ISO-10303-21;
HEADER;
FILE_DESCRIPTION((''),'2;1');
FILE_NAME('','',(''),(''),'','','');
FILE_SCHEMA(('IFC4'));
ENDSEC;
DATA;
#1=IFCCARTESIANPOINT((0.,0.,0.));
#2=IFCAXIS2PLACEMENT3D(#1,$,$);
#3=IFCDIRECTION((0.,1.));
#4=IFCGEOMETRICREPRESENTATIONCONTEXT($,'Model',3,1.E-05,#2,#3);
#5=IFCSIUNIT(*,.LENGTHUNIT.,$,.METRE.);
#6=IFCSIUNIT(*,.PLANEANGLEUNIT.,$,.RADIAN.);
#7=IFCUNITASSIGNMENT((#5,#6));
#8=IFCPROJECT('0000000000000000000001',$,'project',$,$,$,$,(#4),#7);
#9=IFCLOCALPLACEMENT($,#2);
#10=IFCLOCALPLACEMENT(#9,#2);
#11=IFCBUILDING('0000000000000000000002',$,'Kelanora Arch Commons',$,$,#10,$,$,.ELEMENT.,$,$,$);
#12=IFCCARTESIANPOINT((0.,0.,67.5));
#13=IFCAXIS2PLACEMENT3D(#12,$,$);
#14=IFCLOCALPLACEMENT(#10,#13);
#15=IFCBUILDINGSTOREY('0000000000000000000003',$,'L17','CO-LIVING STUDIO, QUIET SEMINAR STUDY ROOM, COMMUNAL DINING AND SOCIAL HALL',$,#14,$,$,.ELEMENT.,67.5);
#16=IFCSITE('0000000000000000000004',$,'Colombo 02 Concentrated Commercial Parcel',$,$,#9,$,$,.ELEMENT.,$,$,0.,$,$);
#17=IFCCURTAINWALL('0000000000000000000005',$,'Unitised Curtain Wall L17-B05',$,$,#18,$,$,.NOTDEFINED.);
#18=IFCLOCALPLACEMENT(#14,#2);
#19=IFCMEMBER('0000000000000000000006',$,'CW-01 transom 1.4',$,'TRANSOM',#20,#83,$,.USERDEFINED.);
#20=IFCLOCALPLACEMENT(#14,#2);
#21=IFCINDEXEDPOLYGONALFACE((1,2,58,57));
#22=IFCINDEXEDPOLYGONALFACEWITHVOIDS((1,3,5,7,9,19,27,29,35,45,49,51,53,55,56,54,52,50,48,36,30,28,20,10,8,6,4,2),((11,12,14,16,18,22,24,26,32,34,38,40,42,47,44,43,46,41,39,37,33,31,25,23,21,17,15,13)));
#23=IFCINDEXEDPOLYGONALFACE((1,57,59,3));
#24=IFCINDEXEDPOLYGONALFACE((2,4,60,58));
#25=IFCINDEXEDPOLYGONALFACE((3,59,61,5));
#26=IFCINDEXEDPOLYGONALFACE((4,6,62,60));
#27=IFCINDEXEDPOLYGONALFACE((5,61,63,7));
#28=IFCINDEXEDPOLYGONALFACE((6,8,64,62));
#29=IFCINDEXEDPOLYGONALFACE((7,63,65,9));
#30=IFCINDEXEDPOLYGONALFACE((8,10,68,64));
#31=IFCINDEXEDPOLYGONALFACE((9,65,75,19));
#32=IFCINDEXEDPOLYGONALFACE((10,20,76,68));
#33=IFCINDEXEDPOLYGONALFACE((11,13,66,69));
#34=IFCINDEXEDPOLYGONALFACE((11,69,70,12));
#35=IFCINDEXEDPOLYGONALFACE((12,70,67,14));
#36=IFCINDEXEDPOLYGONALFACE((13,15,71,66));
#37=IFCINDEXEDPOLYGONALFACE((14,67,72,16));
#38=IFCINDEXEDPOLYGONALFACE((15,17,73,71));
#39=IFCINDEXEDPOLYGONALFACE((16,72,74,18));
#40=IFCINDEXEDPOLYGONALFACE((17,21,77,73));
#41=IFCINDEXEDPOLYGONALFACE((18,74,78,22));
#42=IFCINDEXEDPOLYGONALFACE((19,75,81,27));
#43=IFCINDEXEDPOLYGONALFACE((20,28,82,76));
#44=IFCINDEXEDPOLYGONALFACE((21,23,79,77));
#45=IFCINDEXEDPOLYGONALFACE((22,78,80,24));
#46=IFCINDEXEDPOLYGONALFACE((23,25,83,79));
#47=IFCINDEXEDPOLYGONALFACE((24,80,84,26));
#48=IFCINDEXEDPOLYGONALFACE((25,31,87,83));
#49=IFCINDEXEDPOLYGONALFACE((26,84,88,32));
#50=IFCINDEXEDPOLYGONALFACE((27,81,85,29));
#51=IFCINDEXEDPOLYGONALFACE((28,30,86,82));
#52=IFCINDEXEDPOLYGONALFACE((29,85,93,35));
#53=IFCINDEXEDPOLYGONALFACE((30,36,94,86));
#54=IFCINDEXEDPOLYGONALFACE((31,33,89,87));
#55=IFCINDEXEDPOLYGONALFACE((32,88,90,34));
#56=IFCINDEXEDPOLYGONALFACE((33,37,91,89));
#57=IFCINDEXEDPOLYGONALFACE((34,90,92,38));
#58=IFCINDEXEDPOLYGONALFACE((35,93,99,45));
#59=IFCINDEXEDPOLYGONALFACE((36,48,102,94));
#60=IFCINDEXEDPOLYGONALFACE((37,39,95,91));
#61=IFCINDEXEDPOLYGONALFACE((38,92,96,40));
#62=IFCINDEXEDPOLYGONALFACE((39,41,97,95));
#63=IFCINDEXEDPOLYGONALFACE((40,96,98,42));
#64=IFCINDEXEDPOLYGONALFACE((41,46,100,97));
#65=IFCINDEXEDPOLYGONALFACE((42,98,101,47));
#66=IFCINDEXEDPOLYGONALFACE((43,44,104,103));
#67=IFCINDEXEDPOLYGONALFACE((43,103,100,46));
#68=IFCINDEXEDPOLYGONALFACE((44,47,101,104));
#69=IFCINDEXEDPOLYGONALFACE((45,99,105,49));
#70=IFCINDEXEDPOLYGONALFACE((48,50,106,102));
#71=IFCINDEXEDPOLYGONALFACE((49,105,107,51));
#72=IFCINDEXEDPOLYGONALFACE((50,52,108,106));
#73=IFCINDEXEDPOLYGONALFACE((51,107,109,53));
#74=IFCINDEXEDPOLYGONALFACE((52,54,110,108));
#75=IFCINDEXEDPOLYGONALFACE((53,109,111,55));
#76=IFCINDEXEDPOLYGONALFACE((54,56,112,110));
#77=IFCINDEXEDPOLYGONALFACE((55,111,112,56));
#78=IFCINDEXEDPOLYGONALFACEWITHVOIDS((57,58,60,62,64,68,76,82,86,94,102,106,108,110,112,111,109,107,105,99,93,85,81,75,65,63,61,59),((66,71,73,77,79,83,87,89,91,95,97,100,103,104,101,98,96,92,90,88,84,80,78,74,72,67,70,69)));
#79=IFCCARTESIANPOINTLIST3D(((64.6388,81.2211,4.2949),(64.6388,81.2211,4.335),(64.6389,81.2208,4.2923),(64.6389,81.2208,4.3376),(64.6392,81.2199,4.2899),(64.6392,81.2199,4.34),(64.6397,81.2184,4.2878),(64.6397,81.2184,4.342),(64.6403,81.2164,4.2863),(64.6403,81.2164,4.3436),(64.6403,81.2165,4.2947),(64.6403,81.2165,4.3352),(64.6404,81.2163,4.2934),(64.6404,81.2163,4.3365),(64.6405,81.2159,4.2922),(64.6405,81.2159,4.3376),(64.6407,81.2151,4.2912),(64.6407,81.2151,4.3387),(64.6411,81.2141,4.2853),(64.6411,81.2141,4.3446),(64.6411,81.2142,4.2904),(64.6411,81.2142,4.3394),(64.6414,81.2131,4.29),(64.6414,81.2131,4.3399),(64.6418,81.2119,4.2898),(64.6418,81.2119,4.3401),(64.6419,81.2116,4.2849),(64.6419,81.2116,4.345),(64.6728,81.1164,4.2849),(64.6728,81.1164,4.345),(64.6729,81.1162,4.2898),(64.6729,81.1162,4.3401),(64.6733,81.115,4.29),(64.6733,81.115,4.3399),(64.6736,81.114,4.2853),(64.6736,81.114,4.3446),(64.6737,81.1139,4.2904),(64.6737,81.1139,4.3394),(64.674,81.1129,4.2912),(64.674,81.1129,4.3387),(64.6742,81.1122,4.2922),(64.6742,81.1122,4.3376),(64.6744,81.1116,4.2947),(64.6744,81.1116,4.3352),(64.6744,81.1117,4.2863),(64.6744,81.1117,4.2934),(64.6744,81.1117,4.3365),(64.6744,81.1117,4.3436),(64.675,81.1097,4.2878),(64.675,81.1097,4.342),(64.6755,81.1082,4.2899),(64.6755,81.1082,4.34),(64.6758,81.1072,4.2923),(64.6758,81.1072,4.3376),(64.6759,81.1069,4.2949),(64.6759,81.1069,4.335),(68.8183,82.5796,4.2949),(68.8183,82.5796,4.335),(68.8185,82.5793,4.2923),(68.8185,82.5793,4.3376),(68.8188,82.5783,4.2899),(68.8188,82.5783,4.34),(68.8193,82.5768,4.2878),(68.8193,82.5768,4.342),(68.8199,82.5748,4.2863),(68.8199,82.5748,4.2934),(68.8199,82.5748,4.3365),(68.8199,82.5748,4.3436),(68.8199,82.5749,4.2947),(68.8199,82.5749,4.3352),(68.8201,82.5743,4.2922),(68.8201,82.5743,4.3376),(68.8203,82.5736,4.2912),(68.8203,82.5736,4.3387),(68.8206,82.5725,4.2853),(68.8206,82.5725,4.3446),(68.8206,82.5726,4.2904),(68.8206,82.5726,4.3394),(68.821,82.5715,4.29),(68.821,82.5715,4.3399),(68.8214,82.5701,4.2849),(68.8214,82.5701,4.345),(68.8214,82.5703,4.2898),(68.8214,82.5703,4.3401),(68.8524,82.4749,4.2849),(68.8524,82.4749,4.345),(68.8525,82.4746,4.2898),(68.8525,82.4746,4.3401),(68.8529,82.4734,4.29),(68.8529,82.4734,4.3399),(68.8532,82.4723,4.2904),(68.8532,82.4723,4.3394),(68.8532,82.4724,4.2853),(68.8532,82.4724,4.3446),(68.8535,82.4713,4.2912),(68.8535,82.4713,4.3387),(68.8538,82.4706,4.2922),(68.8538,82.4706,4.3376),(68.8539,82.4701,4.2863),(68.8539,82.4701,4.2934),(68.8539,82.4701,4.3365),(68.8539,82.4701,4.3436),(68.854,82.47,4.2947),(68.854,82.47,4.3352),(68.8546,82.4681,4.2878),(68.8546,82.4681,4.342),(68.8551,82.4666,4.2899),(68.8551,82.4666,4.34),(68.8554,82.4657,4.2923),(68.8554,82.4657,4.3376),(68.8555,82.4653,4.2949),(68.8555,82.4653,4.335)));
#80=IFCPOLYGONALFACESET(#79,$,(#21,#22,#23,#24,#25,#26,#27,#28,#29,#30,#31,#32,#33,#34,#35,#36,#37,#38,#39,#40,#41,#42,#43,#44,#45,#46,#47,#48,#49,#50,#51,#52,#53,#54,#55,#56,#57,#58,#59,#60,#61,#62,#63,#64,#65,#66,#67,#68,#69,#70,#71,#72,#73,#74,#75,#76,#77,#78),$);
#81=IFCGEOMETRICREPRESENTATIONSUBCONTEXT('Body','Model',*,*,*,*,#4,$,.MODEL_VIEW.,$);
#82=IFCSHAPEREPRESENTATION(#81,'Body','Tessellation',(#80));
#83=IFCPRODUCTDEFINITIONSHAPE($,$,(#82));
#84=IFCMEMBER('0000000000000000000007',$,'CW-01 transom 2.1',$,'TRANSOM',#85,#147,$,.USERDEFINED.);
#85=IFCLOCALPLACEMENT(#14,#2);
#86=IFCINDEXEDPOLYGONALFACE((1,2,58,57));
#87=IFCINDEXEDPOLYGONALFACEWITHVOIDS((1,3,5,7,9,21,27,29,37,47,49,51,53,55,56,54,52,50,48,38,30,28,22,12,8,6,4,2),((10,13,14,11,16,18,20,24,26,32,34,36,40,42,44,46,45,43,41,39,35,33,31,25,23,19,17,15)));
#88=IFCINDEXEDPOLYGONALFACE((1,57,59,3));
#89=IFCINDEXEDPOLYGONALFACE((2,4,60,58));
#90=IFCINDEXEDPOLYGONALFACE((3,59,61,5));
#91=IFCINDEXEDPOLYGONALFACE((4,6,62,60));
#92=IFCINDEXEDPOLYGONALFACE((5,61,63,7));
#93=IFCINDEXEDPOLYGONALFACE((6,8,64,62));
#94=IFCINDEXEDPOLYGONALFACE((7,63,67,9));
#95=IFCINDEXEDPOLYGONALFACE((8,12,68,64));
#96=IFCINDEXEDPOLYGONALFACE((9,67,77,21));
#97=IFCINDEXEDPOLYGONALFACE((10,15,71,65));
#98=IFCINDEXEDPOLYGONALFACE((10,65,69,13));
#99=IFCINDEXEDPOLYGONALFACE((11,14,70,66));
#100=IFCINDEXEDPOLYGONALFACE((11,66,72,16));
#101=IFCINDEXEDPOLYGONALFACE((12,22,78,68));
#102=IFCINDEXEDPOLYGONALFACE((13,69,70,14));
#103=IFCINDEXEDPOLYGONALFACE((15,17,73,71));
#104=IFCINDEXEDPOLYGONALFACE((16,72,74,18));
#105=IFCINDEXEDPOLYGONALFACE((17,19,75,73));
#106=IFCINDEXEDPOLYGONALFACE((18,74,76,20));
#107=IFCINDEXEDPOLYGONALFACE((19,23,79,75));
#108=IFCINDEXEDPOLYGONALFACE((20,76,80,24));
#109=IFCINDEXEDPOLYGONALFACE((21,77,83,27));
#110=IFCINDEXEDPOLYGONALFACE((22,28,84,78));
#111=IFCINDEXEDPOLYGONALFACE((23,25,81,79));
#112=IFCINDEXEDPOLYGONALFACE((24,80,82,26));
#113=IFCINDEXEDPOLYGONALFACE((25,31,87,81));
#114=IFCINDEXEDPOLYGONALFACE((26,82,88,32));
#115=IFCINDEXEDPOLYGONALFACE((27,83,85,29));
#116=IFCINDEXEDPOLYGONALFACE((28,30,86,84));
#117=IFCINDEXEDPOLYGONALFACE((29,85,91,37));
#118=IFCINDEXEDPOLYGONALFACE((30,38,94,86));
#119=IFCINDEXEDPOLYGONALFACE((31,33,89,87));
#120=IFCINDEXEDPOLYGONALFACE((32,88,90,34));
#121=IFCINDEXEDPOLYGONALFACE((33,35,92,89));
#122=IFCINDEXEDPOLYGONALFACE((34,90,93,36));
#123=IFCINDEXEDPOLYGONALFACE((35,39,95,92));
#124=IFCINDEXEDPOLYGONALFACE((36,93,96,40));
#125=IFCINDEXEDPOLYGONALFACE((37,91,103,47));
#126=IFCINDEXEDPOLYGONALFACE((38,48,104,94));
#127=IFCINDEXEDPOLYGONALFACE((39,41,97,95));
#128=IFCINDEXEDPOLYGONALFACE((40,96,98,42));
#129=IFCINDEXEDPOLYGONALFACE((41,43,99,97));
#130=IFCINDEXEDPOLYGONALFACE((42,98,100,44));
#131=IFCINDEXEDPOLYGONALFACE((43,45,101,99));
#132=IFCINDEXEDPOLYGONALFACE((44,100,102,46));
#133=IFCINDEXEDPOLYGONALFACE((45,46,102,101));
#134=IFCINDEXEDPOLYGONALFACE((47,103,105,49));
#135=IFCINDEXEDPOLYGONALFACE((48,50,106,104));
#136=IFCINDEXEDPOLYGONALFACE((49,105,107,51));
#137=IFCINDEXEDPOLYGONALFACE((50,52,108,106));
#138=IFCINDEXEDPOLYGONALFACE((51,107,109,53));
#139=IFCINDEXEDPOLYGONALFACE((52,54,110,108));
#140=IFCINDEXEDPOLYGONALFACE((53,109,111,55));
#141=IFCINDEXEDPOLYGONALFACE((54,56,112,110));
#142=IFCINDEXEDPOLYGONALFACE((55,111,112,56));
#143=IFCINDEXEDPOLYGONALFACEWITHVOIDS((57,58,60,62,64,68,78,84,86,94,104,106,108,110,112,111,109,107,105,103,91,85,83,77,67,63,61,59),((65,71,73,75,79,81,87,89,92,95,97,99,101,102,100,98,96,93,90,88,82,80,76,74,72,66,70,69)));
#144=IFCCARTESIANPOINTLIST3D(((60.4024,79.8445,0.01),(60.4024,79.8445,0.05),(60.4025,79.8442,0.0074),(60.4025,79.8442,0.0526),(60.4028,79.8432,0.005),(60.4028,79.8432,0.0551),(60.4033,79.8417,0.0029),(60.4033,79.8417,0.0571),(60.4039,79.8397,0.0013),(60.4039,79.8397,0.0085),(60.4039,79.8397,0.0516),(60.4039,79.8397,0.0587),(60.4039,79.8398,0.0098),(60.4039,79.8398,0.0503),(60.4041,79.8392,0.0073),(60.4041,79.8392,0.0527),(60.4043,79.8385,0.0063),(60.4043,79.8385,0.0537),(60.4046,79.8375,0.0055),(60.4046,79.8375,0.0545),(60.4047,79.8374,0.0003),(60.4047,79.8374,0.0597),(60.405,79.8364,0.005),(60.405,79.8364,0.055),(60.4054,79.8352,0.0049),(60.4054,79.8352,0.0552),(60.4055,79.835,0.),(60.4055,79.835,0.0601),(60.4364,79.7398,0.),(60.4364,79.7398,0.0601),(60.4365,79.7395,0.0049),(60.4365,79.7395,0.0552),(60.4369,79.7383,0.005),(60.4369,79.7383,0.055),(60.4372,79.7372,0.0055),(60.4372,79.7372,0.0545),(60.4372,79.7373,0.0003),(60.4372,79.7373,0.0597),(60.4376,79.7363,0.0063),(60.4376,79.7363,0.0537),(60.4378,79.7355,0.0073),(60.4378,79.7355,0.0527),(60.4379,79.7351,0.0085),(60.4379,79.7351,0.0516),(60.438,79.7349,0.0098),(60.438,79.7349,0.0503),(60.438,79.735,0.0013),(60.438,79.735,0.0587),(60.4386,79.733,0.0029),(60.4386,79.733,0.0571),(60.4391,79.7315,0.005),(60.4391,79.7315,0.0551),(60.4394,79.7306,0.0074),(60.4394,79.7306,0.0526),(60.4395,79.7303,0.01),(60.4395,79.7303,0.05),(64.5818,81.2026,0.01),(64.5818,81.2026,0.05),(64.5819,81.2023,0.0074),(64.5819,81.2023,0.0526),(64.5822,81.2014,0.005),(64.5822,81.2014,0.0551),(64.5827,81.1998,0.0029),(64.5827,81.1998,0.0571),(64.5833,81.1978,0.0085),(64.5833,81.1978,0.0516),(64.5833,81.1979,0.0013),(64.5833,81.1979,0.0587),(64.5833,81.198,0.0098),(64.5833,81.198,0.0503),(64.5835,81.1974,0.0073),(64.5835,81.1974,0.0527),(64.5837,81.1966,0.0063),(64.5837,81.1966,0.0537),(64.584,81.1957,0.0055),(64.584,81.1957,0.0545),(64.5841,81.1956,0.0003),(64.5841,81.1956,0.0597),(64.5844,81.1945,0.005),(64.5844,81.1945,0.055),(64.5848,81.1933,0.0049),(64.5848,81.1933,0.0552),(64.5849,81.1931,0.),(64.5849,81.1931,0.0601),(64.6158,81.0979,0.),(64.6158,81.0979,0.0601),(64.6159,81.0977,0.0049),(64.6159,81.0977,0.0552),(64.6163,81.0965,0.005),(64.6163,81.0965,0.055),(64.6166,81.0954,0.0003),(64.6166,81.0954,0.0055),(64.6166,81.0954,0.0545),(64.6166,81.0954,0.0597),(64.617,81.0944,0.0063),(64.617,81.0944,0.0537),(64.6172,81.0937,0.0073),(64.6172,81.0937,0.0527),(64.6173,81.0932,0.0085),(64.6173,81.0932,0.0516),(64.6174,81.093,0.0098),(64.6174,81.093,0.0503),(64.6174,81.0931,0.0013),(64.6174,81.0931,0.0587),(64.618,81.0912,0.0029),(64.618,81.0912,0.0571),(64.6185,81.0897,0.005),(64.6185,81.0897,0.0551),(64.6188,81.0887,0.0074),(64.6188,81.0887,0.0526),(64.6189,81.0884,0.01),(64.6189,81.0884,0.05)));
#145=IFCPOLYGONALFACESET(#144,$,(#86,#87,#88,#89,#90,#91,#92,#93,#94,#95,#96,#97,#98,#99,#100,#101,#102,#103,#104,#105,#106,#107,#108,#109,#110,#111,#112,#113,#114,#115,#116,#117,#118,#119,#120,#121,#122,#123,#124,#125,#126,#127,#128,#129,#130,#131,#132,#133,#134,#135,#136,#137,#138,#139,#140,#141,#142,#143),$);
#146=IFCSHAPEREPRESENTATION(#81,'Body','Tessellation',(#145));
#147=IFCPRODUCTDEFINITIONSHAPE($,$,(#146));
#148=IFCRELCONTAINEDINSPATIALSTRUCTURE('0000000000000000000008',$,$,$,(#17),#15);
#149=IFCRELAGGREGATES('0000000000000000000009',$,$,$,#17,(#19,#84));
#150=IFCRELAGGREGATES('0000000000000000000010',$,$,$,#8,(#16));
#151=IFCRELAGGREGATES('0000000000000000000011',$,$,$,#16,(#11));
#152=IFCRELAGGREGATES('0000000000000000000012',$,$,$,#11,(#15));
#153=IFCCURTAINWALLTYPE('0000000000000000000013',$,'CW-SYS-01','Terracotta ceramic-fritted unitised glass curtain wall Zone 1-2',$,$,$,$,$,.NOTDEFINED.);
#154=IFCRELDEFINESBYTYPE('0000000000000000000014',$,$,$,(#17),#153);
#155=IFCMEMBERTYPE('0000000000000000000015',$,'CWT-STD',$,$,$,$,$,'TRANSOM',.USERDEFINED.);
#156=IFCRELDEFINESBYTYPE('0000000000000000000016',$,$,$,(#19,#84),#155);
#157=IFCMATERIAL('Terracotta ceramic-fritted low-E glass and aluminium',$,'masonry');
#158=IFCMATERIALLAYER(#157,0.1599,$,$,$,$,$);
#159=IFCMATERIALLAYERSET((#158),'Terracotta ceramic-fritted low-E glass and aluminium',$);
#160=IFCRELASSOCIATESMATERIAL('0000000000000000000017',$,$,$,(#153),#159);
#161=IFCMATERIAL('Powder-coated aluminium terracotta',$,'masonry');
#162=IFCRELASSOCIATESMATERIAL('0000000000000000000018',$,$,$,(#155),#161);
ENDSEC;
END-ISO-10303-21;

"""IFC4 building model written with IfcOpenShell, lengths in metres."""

from ifc_helpers import new_model, si_unit, direction, frame, origin, origin_2d, place, context, subcontext, project, spatial, hollow_rectangle, extrude, material, layer, layer_set, material_profile, profile_set, type_object, element, aggregate, save


model = new_model("IFC4")

# Units and contexts
model_context = context("Model", 3, precision=1e-05, world=origin(), true_north=direction((0.0, 1.0)))
body_context = subcontext(model_context, "Body", "Model", "MODEL_VIEW")
ifc_project = project(units=[si_unit("LENGTHUNIT", "METRE"), si_unit("PLANEANGLEUNIT", "RADIAN")], contexts=[model_context])

# Site, building, storey
site_placement = place(None, origin())
site = spatial("IfcSite", under=ifc_project, at=site_placement, Name="Colombo 02 Concentrated Commercial Parcel", CompositionType="ELEMENT", RefElevation=0.0)
building_placement = place(site_placement, origin())
building = spatial("IfcBuilding", under=site, at=building_placement, Name="Kelanora Arch Commons", CompositionType="ELEMENT")
storey_placement = place(building_placement, frame((0.0, 0.0, 67.5)))
storey = spatial("IfcBuildingStorey", under=building, at=storey_placement, Name="L17", Description="CO-LIVING STUDIO, QUIET SEMINAR STUDY ROOM, COMMUNAL DINING AND SOCIAL HALL", CompositionType="ELEMENT", Elevation=67.5)

# Curtain wall, members
ifc_material_1 = material(Name="Terracotta ceramic-fritted low-E glass and aluminium", Category="masonry")
ifc_layer_1 = layer(ifc_material_1, 0.1599)
ifc_layer_set_1 = layer_set([ifc_layer_1], Name="Terracotta ceramic-fritted low-E glass and aluminium")
curtain_wall_type = type_object("IfcCurtainWallType", Name="CW-SYS-01", Description="Terracotta ceramic-fritted unitised glass curtain wall Zone 1-2", PredefinedType="NOTDEFINED", material=ifc_layer_set_1)
curtain_wall_placement = place(storey_placement, origin())
curtain_wall = element("IfcCurtainWall", 1, at=curtain_wall_placement, inside=storey, type_object=curtain_wall_type, Name="Unitised Curtain Wall L17-B05", PredefinedType="NOTDEFINED")
ifc_material_2 = material(Name="Powder-coated aluminium terracotta", Category="masonry")
ifc_material_profile_1 = material_profile(ifc_material_2, hollow_rectangle(XDim=0.1201, YDim=0.0601, WallThickness=0.0049, InnerFilletRadius=0.0049, OuterFilletRadius=0.01, at=origin_2d()), Name="CWT120x60")
ifc_profile_set_1 = profile_set([ifc_material_profile_1], Name="Powder-coated aluminium terracotta")
member_type_1 = type_object("IfcMemberType", Name="CWT-STD", ElementType="TRANSOM", PredefinedType="USERDEFINED", material=ifc_profile_set_1)
member_1_placement = place(storey_placement, frame((68.8369, 82.5225, 4.3149), z_axis=(-0.951029, -0.309102, 0.0), x_axis=(0.309102, -0.951029, 0.0)))
member_1 = element("IfcMember", 2, at=member_1_placement, type_object=member_type_1, Name="CW-01 transom 1.4", ObjectType="TRANSOM", PredefinedType="USERDEFINED", context=body_context, shape_type="SweptSolid", body=[
    extrude(hollow_rectangle(XDim=0.1201, YDim=0.0601, WallThickness=0.0049, InnerFilletRadius=0.0049, OuterFilletRadius=0.01, at=origin_2d()), origin(), (0.0, 0.0, 1.0), 4.3948),
])
member_2_placement = place(storey_placement, frame((64.6003, 81.1455, 0.03), z_axis=(-0.951045, -0.309052, 0.0), x_axis=(0.309052, -0.951045, 0.0)))
member_2 = element("IfcMember", 3, at=member_2_placement, type_object=member_type_1, Name="CW-01 transom 2.1", ObjectType="TRANSOM", PredefinedType="USERDEFINED", context=body_context, shape_type="SweptSolid", body=[
    extrude(hollow_rectangle(XDim=0.1201, YDim=0.0601, WallThickness=0.0049, InnerFilletRadius=0.0049, OuterFilletRadius=0.01, at=origin_2d()), origin(), (0.0, 0.0, 1.0), 4.3945),
])
aggregate(curtain_wall, [member_1, member_2])

save(model, "model.ifc")
